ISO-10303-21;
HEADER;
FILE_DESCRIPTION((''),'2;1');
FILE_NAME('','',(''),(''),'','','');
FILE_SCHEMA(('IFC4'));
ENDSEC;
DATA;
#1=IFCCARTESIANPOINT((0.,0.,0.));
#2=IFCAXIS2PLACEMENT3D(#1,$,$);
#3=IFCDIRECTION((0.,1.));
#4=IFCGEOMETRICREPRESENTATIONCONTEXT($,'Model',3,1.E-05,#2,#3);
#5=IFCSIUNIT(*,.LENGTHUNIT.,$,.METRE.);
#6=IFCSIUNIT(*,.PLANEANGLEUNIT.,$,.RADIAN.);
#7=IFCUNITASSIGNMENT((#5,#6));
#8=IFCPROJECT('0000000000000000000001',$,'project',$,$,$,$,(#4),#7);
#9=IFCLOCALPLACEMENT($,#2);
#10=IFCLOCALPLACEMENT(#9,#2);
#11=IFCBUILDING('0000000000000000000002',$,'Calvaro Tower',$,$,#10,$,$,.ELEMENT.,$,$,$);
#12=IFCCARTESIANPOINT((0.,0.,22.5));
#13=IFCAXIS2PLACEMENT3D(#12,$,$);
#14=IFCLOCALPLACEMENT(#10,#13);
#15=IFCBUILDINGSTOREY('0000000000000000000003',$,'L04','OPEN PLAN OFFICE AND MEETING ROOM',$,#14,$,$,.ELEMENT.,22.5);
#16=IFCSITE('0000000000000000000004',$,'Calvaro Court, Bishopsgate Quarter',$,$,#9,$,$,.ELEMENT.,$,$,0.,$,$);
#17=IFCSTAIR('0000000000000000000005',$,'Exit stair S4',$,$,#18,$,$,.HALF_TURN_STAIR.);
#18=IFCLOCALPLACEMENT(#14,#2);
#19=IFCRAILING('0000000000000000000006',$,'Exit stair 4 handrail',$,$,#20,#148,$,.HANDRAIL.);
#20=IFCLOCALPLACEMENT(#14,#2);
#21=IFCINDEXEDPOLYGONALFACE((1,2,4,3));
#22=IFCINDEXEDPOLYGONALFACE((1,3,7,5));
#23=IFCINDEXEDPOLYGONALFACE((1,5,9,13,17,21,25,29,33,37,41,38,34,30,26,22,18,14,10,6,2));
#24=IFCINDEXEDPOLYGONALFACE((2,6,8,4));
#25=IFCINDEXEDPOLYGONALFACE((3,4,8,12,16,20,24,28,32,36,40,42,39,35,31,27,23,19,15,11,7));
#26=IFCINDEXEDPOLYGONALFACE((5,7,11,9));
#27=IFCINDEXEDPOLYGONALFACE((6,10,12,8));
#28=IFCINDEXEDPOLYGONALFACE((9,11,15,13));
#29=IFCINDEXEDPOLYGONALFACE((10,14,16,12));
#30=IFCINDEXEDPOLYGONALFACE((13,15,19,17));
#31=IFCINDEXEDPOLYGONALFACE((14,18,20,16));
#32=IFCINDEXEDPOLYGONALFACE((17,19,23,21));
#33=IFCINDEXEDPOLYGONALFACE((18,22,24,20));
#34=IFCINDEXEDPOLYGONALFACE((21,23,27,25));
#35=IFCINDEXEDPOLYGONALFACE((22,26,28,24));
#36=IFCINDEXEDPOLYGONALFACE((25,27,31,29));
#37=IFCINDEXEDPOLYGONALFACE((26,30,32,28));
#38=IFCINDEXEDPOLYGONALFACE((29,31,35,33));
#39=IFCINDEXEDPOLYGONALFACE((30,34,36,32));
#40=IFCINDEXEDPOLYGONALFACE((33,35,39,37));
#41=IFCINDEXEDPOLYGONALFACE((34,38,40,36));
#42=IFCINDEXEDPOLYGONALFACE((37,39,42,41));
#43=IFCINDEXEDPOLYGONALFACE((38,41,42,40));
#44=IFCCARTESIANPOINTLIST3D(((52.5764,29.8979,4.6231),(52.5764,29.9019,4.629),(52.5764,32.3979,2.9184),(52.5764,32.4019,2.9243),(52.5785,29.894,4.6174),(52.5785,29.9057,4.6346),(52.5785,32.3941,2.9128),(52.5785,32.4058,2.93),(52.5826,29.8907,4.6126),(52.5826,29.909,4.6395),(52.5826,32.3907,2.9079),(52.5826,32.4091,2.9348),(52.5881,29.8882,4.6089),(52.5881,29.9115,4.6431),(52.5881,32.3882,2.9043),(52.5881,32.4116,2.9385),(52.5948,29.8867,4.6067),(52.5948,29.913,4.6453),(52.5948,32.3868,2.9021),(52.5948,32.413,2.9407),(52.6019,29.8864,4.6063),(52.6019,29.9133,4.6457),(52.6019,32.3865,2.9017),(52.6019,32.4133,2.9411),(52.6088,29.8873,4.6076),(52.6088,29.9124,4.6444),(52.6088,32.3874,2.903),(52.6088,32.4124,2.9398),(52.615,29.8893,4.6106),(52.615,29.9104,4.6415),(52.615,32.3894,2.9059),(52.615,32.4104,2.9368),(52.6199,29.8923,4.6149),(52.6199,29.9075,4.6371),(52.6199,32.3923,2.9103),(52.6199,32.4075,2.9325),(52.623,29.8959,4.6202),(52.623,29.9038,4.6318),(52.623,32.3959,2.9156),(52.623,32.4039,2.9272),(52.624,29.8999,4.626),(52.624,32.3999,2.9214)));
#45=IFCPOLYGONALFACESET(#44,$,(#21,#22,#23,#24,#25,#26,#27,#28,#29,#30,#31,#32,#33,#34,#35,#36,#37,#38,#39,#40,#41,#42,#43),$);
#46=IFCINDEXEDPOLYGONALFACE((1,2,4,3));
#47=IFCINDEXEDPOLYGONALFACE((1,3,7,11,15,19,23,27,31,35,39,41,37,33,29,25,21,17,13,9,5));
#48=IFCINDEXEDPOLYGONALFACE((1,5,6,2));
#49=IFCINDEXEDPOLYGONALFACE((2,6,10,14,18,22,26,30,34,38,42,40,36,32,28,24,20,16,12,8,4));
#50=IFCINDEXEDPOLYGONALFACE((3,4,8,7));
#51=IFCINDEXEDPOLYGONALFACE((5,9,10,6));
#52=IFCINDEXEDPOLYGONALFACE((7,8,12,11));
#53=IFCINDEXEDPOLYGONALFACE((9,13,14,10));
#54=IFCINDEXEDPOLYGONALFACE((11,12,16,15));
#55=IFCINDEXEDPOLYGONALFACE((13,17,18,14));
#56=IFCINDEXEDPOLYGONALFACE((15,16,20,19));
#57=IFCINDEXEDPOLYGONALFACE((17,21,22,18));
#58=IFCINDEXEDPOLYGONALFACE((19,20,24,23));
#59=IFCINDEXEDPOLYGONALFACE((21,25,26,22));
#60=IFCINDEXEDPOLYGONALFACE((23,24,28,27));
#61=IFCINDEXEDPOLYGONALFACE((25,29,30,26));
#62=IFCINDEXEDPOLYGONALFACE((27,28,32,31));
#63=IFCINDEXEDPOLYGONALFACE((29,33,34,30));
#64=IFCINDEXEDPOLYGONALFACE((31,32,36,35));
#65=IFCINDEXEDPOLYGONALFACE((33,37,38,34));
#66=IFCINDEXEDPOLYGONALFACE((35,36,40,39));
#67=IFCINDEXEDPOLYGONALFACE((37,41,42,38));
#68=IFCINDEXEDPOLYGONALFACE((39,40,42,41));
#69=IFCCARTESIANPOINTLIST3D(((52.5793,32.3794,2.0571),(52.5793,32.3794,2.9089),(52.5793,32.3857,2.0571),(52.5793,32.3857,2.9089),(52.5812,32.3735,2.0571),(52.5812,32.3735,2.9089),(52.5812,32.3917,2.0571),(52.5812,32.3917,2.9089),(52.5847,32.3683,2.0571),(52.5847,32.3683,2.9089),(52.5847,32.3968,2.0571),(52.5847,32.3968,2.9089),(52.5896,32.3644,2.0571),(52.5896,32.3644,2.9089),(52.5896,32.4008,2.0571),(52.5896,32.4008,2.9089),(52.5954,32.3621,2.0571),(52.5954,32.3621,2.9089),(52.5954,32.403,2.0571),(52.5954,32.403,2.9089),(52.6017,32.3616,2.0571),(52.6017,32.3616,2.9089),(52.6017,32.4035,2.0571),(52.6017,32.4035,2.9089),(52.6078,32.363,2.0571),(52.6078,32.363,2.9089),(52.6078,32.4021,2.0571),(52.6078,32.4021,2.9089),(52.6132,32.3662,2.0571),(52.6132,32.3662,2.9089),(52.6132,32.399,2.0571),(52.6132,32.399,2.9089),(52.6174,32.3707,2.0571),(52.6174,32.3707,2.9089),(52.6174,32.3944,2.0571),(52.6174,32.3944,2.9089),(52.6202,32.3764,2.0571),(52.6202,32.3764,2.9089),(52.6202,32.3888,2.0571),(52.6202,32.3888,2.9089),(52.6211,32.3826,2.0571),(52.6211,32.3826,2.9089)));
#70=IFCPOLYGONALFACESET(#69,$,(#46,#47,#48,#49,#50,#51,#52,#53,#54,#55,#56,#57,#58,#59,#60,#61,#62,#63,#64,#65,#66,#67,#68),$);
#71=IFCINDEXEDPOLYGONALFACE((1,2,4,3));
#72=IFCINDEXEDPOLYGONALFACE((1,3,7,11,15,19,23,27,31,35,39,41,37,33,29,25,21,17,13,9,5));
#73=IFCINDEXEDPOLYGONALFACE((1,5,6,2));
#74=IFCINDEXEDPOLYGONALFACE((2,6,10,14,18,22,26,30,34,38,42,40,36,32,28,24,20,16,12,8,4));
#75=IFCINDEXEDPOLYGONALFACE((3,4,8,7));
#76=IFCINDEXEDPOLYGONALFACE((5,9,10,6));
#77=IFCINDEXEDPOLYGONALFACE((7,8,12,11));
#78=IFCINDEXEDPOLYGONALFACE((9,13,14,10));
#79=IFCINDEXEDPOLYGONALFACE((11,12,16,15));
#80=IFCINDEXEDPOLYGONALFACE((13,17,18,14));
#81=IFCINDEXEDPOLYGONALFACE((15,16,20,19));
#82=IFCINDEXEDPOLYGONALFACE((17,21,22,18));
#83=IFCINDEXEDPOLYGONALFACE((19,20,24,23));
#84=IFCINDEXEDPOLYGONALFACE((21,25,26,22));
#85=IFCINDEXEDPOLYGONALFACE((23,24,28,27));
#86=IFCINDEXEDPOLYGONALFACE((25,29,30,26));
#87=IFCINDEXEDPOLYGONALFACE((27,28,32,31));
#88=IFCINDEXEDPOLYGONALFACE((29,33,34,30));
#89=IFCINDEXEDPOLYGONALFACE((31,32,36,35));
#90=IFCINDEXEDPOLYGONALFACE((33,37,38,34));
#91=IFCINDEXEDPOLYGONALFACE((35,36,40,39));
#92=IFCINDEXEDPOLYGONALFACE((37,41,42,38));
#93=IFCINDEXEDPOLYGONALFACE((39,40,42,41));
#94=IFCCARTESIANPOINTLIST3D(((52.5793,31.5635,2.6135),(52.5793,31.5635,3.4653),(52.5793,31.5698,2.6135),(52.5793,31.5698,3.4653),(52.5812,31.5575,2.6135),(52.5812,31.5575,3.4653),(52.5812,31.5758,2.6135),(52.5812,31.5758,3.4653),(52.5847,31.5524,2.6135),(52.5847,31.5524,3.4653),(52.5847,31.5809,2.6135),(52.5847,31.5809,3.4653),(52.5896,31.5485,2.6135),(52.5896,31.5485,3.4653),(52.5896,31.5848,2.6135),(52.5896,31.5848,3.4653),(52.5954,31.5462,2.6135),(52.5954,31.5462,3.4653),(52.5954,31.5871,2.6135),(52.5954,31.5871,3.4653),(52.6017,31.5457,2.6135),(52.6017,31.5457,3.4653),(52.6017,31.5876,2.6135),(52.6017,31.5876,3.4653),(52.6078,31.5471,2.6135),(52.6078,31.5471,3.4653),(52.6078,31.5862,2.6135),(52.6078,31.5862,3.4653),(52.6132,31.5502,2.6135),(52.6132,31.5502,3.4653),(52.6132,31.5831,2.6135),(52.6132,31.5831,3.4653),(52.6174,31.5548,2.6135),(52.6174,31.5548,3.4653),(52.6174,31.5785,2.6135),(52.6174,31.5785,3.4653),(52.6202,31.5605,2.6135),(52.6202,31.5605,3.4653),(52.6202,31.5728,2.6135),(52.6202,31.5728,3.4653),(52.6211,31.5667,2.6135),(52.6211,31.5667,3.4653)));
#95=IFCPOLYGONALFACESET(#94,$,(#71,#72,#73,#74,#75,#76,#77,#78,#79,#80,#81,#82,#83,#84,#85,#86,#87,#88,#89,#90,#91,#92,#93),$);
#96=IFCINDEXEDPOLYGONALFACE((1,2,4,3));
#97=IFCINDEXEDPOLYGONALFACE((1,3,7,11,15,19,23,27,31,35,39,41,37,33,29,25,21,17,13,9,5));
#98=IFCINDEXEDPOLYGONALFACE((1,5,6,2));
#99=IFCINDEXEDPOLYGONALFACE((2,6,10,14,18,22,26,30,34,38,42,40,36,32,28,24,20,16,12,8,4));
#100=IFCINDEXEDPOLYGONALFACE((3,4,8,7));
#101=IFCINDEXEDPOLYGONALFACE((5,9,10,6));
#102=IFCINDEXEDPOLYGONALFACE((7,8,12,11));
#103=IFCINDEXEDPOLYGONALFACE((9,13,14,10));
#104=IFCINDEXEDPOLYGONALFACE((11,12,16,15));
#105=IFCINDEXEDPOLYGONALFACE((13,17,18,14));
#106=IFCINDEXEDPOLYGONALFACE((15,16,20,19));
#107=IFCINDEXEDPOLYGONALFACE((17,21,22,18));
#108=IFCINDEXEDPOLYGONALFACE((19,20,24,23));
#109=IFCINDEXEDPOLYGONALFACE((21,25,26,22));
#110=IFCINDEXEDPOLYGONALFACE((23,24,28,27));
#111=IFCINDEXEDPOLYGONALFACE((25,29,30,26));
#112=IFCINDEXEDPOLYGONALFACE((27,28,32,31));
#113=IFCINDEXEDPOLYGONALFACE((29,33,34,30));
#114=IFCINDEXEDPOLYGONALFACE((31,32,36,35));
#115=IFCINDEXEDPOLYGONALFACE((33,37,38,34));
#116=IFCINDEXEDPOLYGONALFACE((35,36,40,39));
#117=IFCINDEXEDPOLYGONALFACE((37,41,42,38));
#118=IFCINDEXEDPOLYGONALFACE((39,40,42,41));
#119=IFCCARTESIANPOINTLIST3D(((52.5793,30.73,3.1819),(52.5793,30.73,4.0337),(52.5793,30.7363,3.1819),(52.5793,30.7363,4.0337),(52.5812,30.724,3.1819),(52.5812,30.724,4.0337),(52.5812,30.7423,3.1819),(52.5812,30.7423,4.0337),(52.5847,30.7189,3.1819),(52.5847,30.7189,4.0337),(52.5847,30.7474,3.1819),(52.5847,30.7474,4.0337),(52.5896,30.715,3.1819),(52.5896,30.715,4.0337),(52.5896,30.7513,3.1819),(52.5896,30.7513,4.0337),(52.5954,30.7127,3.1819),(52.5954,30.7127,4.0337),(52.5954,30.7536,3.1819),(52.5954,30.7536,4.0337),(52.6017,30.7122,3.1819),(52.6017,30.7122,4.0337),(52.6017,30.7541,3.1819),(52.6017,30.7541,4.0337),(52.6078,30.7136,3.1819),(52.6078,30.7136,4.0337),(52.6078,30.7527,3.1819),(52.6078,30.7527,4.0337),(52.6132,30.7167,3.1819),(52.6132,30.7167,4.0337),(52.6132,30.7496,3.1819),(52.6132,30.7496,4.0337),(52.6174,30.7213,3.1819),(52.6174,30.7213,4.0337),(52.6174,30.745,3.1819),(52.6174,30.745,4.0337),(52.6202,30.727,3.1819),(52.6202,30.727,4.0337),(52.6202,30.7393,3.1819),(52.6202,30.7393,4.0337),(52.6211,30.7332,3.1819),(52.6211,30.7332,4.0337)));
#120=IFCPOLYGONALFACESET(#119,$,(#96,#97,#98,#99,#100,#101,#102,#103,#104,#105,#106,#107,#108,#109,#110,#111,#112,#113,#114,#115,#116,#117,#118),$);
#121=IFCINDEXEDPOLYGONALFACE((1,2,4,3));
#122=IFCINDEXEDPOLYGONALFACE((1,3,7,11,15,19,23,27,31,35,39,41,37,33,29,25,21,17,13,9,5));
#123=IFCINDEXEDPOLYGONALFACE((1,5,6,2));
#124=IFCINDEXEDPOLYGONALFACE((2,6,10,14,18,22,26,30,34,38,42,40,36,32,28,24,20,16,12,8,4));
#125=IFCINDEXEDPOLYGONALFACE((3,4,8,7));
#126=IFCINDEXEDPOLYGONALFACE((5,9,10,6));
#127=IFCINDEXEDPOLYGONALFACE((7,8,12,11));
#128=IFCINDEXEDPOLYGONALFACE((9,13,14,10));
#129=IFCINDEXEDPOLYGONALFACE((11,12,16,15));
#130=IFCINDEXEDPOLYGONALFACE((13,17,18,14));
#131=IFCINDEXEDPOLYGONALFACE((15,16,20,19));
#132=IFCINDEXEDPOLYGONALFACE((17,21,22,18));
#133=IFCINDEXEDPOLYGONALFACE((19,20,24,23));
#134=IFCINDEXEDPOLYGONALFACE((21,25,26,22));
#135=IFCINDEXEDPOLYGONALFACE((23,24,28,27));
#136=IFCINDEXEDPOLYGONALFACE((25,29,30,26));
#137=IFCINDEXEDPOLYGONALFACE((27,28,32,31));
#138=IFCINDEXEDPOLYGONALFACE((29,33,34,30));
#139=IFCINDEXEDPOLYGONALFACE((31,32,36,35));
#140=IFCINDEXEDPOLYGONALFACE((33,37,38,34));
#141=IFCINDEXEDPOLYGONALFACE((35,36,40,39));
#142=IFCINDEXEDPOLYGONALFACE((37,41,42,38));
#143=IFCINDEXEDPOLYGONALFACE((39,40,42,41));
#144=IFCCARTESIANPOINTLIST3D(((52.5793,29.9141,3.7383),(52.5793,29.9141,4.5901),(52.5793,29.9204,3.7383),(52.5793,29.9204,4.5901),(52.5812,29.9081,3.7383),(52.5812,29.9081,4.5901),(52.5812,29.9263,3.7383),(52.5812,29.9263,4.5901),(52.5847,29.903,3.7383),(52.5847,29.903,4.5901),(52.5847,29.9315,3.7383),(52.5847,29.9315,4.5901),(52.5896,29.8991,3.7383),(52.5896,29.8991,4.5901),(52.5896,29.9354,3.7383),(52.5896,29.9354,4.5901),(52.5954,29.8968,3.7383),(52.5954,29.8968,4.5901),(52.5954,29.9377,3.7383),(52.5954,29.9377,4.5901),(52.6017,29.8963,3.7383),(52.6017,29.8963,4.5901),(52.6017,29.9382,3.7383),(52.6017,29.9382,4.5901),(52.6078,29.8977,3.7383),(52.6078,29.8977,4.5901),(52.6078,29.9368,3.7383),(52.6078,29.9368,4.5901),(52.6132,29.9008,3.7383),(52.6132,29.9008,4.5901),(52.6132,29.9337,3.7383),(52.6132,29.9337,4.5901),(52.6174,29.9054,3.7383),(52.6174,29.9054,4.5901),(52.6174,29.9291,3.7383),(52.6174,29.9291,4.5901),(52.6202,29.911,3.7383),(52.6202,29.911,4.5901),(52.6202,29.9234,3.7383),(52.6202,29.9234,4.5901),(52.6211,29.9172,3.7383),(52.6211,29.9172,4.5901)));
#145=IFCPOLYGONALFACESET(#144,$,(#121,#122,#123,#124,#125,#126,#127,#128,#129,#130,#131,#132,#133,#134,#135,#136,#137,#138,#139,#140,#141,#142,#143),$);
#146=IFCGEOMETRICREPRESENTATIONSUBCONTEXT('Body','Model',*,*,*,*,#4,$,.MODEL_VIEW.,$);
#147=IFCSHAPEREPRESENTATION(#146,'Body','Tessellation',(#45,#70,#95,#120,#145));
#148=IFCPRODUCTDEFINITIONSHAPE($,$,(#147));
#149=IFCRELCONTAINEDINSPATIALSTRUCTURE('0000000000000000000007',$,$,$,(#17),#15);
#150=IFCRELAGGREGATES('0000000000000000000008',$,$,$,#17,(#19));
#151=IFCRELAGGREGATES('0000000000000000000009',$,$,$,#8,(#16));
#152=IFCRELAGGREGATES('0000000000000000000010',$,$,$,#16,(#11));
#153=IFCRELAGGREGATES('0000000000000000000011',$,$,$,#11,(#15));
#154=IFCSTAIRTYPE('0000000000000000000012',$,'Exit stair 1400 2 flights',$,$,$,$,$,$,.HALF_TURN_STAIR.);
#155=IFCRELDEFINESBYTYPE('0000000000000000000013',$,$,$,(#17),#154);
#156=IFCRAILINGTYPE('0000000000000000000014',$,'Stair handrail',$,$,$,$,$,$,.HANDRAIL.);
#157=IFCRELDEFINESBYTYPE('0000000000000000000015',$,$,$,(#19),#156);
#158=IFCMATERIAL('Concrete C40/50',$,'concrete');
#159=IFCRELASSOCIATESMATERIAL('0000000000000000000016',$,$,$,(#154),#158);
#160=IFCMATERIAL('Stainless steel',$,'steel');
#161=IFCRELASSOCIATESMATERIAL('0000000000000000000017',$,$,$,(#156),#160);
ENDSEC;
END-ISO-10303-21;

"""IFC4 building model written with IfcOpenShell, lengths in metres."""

from ifc_helpers import new_model, si_unit, direction, frame, origin, origin_2d, place, context, subcontext, project, spatial, circle, extrude, material, type_object, element, aggregate, save


model = new_model("IFC4")

# Units and contexts
model_context = context("Model", 3, precision=1e-05, world=origin(), true_north=direction((0.0, 1.0)))
body_context = subcontext(model_context, "Body", "Model", "MODEL_VIEW")
ifc_project = project(units=[si_unit("LENGTHUNIT", "METRE"), si_unit("PLANEANGLEUNIT", "RADIAN")], contexts=[model_context])

# Site, building, storey
site_placement = place(None, origin())
site = spatial("IfcSite", under=ifc_project, at=site_placement, Name="Calvaro Court, Bishopsgate Quarter", CompositionType="ELEMENT", RefElevation=0.0)
building_placement = place(site_placement, origin())
building = spatial("IfcBuilding", under=site, at=building_placement, Name="Calvaro Tower", CompositionType="ELEMENT")
storey_placement = place(building_placement, frame((0.0, 0.0, 22.5)))
storey = spatial("IfcBuildingStorey", under=building, at=storey_placement, Name="L04", Description="OPEN PLAN OFFICE AND MEETING ROOM", CompositionType="ELEMENT", Elevation=22.5)

# Stair
ifc_material_1 = material(Name="Concrete C40/50", Category="concrete")
stair_type = type_object("IfcStairType", Name="Exit stair 1400 2 flights", PredefinedType="HALF_TURN_STAIR", material=ifc_material_1)
stair_1_placement = place(storey_placement, origin())
stair_1 = element("IfcStair", 1, at=stair_1_placement, inside=storey, type_object=stair_type, Name="Exit stair S4", PredefinedType="HALF_TURN_STAIR")

# Railing
ifc_material_2 = material(Name="Stainless steel", Category="steel")
railing_type = type_object("IfcRailingType", Name="Stair handrail", PredefinedType="HANDRAIL", material=ifc_material_2)
railing_1_placement = place(storey_placement, frame((52.6001, 32.3999, 2.0454)))
railing_1 = element("IfcRailing", 2, at=railing_1_placement, type_object=railing_type, Name="Exit stair 4 handrail", PredefinedType="HANDRAIL", context=body_context, shape_type="SweptSolid", body=[
    extrude(circle(Radius=0.0239, at=origin_2d()), frame((0.0, 0.0, 0.876), z_axis=(0.0, -0.826221, 0.563347), x_axis=(1.0, 0.0, 0.0)), (0.0, 0.0, 1.0), 3.0259),
    extrude(circle(Radius=0.021, at=origin_2d()), frame((0.0, -0.0173, 0.0117)), (0.0, 0.0, 1.0), 0.8518),
    extrude(circle(Radius=0.021, at=origin_2d()), frame((0.0, -0.8333, 0.5681)), (0.0, 0.0, 1.0), 0.8518),
    extrude(circle(Radius=0.021, at=origin_2d()), frame((0.0, -1.6667, 1.1365)), (0.0, 0.0, 1.0), 0.8518),
    extrude(circle(Radius=0.021, at=origin_2d()), frame((0.0, -2.4827, 1.6929)), (0.0, 0.0, 1.0), 0.8518),
])
aggregate(stair_1, [railing_1])

save(model, "model.ifc")
